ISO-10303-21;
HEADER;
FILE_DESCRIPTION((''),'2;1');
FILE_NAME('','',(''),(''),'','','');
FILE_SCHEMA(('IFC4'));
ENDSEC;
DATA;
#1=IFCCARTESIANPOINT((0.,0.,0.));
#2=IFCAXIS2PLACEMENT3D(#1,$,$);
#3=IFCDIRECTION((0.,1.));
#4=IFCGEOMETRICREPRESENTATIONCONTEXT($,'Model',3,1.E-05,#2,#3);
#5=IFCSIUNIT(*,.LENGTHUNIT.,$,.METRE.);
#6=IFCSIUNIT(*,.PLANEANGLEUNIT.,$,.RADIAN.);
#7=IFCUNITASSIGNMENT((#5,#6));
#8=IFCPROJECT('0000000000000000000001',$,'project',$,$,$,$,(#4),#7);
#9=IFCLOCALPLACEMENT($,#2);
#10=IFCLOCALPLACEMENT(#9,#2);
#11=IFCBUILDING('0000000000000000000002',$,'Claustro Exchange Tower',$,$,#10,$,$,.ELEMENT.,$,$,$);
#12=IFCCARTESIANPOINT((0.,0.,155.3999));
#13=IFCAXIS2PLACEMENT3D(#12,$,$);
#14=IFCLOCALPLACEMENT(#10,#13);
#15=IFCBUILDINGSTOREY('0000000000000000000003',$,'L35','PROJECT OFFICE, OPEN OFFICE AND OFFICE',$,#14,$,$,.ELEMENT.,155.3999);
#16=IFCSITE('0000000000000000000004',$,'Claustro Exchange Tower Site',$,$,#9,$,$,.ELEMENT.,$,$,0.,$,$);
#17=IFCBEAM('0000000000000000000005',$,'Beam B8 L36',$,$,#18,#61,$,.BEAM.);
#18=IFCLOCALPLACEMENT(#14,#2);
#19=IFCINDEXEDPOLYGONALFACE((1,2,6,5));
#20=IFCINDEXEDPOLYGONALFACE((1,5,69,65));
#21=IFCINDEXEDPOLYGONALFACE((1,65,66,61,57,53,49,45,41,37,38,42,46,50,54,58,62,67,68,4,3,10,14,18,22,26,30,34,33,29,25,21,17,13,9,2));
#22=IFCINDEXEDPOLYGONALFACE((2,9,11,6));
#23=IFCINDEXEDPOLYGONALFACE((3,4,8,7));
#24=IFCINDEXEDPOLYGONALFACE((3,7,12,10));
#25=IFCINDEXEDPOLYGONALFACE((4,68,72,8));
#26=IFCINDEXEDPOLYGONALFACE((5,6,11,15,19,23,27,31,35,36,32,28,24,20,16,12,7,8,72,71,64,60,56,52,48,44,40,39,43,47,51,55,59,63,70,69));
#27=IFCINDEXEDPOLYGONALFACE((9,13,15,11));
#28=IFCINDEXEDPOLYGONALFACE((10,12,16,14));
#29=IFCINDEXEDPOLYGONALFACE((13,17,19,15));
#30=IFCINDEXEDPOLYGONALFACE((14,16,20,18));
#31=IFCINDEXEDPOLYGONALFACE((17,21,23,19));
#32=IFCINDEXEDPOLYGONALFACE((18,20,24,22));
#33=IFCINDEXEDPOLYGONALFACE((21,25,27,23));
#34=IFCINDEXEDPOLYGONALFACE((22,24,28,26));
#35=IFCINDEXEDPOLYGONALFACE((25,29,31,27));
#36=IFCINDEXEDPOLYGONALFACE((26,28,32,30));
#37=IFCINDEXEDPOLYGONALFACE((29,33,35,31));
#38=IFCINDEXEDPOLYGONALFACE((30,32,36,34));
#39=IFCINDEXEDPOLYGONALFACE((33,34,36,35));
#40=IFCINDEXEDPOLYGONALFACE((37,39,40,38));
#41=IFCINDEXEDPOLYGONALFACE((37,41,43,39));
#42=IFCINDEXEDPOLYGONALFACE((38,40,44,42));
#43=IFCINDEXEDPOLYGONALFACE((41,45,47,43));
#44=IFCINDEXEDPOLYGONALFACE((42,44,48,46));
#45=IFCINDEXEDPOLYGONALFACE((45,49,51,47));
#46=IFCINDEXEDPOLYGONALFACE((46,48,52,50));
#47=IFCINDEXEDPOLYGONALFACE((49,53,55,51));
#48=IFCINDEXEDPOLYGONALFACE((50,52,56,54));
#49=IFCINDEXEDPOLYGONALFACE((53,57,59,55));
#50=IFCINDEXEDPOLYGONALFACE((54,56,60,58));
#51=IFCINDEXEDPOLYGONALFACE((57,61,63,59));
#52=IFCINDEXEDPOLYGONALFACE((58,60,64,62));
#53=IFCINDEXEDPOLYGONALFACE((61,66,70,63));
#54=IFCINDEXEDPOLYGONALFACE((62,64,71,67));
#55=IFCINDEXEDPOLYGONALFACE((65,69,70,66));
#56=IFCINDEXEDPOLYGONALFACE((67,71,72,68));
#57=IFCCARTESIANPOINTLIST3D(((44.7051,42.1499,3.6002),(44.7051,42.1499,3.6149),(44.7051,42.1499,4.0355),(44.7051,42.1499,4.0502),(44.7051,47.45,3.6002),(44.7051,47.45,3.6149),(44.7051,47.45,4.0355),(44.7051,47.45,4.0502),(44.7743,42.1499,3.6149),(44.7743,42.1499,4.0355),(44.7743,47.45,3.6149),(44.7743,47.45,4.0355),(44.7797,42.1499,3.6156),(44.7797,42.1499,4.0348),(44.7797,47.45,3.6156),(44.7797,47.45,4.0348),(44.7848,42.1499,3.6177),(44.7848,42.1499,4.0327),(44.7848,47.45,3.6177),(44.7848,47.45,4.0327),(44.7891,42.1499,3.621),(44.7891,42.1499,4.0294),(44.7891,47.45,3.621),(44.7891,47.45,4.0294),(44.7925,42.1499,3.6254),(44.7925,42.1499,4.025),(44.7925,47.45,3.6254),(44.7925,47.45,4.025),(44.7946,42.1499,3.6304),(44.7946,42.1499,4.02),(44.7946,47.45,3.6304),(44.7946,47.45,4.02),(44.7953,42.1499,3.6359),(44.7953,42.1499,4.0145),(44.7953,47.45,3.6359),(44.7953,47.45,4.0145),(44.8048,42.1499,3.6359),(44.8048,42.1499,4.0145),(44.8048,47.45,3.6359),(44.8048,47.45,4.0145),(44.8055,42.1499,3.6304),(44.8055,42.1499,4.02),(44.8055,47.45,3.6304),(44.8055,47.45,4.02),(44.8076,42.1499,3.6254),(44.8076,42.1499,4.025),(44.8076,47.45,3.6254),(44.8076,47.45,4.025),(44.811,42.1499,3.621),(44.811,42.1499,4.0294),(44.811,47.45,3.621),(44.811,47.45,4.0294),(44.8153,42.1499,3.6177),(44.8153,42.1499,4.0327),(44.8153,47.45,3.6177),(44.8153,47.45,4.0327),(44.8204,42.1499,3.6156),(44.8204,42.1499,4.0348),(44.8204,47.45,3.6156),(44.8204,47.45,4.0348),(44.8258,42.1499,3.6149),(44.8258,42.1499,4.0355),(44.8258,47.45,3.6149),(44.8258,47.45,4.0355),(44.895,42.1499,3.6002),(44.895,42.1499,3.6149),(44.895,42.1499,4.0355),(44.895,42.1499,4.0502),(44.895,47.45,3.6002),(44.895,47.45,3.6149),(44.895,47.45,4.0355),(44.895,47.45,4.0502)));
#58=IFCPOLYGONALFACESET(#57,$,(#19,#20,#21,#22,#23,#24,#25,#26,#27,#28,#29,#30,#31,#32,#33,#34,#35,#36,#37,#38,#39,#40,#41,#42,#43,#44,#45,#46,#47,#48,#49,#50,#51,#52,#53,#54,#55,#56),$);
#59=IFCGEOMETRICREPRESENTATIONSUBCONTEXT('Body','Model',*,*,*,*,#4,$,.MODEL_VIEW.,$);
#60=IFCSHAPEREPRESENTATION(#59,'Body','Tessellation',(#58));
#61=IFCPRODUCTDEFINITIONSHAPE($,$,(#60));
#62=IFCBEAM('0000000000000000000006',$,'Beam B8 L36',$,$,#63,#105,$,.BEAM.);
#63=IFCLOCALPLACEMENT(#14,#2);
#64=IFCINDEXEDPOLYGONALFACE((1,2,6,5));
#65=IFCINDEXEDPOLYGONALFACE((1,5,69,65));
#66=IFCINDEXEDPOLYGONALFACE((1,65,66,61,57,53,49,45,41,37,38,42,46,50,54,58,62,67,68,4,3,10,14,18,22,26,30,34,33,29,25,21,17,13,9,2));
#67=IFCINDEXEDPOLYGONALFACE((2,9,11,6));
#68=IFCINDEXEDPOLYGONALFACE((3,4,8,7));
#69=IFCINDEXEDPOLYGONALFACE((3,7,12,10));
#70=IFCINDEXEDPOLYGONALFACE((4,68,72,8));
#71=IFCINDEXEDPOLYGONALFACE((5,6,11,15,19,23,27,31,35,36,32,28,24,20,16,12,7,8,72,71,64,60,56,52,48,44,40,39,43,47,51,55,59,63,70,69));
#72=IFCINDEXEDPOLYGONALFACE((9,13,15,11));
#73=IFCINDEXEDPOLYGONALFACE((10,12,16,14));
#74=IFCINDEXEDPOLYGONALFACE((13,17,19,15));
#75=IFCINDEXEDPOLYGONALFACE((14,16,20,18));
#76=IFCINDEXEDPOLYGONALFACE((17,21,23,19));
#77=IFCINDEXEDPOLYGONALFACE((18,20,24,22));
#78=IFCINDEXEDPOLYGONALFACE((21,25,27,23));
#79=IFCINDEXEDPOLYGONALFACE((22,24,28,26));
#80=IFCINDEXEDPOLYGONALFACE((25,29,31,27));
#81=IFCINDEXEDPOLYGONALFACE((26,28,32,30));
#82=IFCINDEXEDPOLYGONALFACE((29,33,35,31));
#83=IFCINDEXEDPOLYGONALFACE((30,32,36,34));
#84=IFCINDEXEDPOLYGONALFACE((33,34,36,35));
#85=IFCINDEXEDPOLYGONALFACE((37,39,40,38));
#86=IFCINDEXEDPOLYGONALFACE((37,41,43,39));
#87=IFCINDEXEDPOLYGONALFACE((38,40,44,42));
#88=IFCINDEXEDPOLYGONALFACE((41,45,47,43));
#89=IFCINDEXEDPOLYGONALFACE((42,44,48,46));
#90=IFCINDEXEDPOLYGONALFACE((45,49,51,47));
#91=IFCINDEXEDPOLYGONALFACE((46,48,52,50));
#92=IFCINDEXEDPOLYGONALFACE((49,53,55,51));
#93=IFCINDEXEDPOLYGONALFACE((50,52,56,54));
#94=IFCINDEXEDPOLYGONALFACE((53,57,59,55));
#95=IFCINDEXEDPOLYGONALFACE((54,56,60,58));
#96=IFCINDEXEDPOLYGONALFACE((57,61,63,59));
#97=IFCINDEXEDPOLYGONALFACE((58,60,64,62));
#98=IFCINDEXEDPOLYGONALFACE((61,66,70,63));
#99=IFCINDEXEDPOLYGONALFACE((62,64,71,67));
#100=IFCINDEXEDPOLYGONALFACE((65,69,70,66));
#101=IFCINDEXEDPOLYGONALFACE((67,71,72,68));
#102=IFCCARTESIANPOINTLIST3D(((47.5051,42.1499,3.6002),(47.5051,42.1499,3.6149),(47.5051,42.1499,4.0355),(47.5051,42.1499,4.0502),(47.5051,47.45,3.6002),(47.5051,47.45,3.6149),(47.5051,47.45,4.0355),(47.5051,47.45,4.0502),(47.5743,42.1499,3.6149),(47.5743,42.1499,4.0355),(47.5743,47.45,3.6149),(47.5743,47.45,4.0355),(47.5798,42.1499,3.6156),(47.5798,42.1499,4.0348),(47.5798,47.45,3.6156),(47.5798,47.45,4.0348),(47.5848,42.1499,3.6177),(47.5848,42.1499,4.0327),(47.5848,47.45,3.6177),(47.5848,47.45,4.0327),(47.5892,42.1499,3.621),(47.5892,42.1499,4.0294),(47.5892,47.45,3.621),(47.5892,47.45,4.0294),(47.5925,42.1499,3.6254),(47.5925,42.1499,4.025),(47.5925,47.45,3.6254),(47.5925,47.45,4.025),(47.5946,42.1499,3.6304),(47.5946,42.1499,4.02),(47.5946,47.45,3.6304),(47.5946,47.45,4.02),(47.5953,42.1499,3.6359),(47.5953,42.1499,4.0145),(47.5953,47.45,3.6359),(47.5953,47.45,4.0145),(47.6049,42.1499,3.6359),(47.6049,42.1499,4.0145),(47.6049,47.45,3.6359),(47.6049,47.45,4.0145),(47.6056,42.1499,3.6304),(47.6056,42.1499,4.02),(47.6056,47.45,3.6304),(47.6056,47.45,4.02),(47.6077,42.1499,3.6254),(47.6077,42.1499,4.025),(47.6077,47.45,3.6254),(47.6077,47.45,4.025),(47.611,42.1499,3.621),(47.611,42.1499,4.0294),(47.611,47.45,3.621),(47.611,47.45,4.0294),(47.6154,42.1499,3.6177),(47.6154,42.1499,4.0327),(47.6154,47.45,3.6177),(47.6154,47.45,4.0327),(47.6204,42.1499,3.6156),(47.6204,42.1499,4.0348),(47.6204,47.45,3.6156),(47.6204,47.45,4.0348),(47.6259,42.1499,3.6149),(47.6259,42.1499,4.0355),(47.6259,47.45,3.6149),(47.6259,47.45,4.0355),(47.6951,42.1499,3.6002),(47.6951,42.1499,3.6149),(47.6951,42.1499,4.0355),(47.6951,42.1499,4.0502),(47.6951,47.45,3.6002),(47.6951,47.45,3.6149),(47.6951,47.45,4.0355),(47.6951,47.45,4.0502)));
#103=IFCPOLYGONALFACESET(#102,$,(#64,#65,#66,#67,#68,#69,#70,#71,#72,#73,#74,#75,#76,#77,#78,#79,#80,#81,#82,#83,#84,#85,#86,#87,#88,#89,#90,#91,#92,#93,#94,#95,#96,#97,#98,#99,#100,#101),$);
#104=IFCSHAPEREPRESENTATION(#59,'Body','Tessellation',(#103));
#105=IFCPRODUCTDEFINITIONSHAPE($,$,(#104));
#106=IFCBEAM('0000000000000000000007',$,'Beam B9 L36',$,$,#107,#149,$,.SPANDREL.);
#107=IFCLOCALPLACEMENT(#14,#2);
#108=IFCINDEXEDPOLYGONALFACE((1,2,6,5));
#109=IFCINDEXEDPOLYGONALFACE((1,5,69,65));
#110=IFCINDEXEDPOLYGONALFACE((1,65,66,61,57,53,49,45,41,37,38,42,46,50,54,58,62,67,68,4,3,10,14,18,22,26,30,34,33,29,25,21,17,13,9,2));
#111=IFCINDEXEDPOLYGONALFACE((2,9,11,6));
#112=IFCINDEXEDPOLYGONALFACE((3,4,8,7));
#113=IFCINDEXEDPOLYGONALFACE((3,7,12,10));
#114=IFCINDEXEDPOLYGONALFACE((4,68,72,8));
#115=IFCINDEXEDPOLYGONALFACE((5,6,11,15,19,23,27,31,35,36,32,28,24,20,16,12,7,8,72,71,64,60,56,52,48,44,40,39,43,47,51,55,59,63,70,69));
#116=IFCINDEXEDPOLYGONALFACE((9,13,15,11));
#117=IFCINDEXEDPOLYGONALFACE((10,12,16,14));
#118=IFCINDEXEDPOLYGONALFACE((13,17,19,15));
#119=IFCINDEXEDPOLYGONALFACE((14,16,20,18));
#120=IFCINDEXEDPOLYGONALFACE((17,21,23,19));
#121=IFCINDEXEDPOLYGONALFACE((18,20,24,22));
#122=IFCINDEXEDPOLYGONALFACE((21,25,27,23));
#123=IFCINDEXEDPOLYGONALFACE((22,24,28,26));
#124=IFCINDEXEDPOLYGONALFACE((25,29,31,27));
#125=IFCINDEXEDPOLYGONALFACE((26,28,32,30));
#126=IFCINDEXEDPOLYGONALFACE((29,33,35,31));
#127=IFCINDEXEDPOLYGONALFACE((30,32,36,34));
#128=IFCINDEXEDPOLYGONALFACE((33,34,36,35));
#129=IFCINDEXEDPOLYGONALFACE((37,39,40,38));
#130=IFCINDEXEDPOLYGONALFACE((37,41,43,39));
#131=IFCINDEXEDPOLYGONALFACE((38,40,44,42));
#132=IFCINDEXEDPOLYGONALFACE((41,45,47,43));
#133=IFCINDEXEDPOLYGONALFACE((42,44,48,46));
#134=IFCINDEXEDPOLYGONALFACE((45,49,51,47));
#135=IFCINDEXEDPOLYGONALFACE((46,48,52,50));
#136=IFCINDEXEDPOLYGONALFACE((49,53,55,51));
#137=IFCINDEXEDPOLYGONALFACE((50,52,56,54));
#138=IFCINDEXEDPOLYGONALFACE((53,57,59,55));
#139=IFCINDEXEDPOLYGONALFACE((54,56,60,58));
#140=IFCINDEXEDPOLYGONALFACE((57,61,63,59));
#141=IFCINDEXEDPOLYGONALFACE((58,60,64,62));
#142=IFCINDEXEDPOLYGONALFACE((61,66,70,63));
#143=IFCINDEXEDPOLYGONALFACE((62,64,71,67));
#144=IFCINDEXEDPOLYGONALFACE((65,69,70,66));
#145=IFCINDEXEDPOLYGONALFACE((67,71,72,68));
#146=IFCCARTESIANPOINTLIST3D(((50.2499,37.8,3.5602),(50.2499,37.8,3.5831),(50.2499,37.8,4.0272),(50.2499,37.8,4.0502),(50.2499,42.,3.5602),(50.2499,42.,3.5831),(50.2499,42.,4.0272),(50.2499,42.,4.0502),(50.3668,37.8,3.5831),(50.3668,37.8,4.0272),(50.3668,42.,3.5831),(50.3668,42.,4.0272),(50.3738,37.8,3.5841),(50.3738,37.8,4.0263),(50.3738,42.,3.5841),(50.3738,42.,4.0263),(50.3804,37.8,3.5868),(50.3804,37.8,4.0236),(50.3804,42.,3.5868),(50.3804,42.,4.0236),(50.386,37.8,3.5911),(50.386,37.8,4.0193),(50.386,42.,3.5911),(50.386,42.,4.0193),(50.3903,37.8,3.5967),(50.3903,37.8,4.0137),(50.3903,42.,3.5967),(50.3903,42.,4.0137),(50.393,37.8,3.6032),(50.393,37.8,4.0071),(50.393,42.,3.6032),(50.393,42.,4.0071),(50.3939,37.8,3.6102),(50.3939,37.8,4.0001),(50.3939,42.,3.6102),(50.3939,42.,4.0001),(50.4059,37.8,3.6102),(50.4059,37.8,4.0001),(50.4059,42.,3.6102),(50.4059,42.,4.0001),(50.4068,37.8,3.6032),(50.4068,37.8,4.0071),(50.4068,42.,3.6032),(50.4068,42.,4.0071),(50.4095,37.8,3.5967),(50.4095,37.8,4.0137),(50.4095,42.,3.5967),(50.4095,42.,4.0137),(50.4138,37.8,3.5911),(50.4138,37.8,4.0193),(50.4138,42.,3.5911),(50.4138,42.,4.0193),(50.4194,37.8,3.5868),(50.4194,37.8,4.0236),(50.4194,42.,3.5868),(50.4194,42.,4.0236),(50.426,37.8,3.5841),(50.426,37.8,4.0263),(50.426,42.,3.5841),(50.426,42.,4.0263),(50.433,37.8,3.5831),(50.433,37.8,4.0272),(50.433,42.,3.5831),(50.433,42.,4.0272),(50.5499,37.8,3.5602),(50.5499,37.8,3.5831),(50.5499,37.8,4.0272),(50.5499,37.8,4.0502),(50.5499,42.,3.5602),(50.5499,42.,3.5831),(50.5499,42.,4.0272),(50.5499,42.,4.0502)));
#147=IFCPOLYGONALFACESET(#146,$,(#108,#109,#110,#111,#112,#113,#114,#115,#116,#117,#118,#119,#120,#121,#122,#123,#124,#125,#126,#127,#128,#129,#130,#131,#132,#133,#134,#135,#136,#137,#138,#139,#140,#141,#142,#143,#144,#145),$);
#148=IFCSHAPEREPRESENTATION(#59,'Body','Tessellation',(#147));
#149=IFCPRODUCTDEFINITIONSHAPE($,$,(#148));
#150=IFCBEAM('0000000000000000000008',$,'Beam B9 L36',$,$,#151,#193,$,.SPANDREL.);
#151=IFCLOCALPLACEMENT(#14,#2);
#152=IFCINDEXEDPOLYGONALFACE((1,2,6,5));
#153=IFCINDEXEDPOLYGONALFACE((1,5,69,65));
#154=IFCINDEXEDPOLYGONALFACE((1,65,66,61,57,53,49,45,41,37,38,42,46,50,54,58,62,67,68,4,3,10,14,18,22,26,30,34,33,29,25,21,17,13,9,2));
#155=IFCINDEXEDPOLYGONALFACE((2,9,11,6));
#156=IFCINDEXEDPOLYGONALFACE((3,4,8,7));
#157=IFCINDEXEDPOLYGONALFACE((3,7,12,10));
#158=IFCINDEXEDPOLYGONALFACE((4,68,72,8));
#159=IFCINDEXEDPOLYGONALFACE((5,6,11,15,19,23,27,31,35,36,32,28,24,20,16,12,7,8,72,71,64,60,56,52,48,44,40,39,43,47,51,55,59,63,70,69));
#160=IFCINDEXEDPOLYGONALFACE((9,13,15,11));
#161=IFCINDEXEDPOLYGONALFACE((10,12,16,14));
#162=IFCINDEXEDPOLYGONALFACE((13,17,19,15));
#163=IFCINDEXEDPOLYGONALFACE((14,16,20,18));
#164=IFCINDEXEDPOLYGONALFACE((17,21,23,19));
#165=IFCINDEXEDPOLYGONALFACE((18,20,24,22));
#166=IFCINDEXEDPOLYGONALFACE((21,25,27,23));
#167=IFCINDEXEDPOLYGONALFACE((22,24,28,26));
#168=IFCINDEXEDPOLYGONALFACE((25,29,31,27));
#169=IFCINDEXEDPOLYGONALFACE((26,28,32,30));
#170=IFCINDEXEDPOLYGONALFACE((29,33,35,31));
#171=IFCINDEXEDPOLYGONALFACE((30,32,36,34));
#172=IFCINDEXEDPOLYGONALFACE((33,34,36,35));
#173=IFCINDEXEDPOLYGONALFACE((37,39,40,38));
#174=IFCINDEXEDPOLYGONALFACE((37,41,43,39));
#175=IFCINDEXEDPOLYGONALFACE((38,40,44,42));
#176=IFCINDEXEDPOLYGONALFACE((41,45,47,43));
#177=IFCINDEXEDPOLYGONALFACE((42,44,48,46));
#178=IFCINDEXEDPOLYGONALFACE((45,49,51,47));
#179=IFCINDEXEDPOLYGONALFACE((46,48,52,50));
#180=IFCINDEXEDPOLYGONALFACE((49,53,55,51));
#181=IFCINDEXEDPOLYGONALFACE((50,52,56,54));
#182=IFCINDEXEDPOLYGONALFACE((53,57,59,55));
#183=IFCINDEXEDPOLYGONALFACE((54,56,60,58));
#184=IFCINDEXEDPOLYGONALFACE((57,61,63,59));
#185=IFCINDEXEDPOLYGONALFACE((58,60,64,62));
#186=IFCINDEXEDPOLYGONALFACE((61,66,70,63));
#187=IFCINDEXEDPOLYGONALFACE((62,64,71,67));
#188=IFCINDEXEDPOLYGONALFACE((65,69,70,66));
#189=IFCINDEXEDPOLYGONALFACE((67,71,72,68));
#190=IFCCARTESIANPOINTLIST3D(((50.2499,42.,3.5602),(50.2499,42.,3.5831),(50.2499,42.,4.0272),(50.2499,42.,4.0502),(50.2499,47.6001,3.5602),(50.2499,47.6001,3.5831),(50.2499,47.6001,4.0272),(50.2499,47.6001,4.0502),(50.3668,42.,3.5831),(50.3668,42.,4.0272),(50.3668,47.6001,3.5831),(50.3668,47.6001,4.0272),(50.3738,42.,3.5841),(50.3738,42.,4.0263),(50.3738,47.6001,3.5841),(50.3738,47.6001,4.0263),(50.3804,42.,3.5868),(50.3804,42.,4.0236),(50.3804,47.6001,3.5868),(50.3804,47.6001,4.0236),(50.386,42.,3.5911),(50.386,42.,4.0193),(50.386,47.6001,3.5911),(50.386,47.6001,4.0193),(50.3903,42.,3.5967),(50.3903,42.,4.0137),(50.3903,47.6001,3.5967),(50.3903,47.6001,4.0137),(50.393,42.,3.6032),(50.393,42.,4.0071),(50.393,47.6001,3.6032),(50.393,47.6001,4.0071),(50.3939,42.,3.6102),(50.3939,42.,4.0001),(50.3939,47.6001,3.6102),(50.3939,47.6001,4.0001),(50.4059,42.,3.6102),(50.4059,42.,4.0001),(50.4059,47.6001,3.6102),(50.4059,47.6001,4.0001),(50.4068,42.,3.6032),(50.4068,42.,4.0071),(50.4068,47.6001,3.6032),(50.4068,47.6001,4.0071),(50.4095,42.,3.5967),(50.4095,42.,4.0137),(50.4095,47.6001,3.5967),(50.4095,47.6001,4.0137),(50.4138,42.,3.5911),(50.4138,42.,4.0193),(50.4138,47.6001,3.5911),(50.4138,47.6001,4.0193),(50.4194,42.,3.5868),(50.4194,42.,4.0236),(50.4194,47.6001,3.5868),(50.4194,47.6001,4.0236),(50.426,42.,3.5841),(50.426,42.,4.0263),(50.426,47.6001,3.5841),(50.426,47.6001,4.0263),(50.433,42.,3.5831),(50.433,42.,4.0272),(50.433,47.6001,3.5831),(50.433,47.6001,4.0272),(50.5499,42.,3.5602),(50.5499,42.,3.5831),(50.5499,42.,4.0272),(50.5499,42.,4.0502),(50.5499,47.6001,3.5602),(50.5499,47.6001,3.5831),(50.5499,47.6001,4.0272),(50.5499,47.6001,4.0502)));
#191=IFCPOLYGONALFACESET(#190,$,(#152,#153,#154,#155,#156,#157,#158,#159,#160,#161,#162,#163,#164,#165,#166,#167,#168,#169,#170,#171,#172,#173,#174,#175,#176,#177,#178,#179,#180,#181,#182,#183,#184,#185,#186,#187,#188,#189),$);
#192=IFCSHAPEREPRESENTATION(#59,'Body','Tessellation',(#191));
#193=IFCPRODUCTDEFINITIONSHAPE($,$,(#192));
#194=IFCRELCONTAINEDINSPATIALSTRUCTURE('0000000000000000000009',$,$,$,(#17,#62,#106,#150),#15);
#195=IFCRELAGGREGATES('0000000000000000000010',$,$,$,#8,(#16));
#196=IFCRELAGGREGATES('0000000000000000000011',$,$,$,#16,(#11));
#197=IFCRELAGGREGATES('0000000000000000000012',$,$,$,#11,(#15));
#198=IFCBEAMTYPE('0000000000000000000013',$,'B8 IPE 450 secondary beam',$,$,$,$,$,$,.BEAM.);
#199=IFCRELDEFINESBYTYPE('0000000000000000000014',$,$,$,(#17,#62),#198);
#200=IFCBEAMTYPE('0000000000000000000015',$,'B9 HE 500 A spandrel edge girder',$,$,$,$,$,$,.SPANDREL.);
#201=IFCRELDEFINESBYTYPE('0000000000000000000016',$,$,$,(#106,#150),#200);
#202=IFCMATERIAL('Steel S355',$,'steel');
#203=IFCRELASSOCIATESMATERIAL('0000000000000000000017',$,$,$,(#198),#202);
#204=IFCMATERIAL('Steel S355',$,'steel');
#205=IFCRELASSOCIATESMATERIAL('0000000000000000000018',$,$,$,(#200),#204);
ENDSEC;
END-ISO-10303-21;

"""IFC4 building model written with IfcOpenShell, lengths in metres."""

from ifc_helpers import new_model, si_unit, direction, frame, origin, origin_2d, place, context, subcontext, project, spatial, i_section, extrude, material, material_profile, profile_set, type_object, element, save


model = new_model("IFC4")

# Units and contexts
model_context = context("Model", 3, precision=1e-05, world=origin(), true_north=direction((0.0, 1.0)))
body_context = subcontext(model_context, "Body", "Model", "MODEL_VIEW")
ifc_project = project(units=[si_unit("LENGTHUNIT", "METRE"), si_unit("PLANEANGLEUNIT", "RADIAN")], contexts=[model_context])

# Site, building, storey
site_placement = place(None, origin())
site = spatial("IfcSite", under=ifc_project, at=site_placement, Name="Claustro Exchange Tower Site", CompositionType="ELEMENT", RefElevation=0.0)
building_placement = place(site_placement, origin())
building = spatial("IfcBuilding", under=site, at=building_placement, Name="Claustro Exchange Tower", CompositionType="ELEMENT")
storey_placement = place(building_placement, frame((0.0, 0.0, 155.3999)))
storey = spatial("IfcBuildingStorey", under=building, at=storey_placement, Name="L35", Description="PROJECT OFFICE, OPEN OFFICE AND OFFICE", CompositionType="ELEMENT", Elevation=155.3999)

# Beams
ifc_material_1 = material(Name="Steel S355", Category="steel")
ifc_material_profile_1 = material_profile(ifc_material_1, i_section(OverallWidth=0.1899, OverallDepth=0.45, WebThickness=0.0095, FlangeThickness=0.0146, FilletRadius=0.021, at=origin_2d()), Name="IPE 450")
ifc_profile_set_1 = profile_set([ifc_material_profile_1], Name="Steel S355")
beam_type_1 = type_object("IfcBeamType", Name="B8 IPE 450 secondary beam", PredefinedType="BEAM", material=ifc_profile_set_1)
for number, where, z_axis, x_axis, name in (
    (1, (44.8, 42.1499, 3.8252), (0.0, 1.0, 0.0), (-1.0, 0.0, 0.0), "Beam B8 L36"),
    (2, (47.6001, 42.1499, 3.8252), (0.0, 1.0, 0.0), (-1.0, 0.0, 0.0), "Beam B8 L36"),
):
    element("IfcBeam", number, at=place(storey_placement, frame(where, z_axis=z_axis, x_axis=x_axis)), inside=storey, type_object=beam_type_1, Name=name, PredefinedType="BEAM", context=body_context, shape_type="SweptSolid", body=[
        extrude(i_section(OverallWidth=0.1899, OverallDepth=0.45, WebThickness=0.0095, FlangeThickness=0.0146, FilletRadius=0.021, at=origin_2d()), origin(), (0.0, 0.0, 1.0), 5.3),
    ])
ifc_material_2 = material(Name="Steel S355", Category="steel")
ifc_material_profile_2 = material_profile(ifc_material_2, i_section(OverallWidth=0.3, OverallDepth=0.49, WebThickness=0.012, FlangeThickness=0.0229, FilletRadius=0.0271, at=origin_2d()), Name="HE 500 A")
ifc_profile_set_2 = profile_set([ifc_material_profile_2], Name="Steel S355")
beam_type_2 = type_object("IfcBeamType", Name="B9 HE 500 A spandrel edge girder", PredefinedType="SPANDREL", material=ifc_profile_set_2)
beam_1_placement = place(storey_placement, frame((50.3999, 37.8, 3.8052), z_axis=(0.0, 1.0, 0.0), x_axis=(-1.0, 0.0, 0.0)))
element("IfcBeam", 3, at=beam_1_placement, inside=storey, type_object=beam_type_2, Name="Beam B9 L36", PredefinedType="SPANDREL", context=body_context, shape_type="SweptSolid", body=[
    extrude(i_section(OverallWidth=0.3, OverallDepth=0.49, WebThickness=0.012, FlangeThickness=0.0229, FilletRadius=0.0271, at=origin_2d()), origin(), (0.0, 0.0, 1.0), 4.2),
])
beam_2_placement = place(storey_placement, frame((50.3999, 42.0, 3.8052), z_axis=(0.0, 1.0, 0.0), x_axis=(-1.0, 0.0, 0.0)))
element("IfcBeam", 4, at=beam_2_placement, inside=storey, type_object=beam_type_2, Name="Beam B9 L36", PredefinedType="SPANDREL", context=body_context, shape_type="SweptSolid", body=[
    extrude(i_section(OverallWidth=0.3, OverallDepth=0.49, WebThickness=0.012, FlangeThickness=0.0229, FilletRadius=0.0271, at=origin_2d()), origin(), (0.0, 0.0, 1.0), 5.6001),
])

save(model, "model.ifc")
